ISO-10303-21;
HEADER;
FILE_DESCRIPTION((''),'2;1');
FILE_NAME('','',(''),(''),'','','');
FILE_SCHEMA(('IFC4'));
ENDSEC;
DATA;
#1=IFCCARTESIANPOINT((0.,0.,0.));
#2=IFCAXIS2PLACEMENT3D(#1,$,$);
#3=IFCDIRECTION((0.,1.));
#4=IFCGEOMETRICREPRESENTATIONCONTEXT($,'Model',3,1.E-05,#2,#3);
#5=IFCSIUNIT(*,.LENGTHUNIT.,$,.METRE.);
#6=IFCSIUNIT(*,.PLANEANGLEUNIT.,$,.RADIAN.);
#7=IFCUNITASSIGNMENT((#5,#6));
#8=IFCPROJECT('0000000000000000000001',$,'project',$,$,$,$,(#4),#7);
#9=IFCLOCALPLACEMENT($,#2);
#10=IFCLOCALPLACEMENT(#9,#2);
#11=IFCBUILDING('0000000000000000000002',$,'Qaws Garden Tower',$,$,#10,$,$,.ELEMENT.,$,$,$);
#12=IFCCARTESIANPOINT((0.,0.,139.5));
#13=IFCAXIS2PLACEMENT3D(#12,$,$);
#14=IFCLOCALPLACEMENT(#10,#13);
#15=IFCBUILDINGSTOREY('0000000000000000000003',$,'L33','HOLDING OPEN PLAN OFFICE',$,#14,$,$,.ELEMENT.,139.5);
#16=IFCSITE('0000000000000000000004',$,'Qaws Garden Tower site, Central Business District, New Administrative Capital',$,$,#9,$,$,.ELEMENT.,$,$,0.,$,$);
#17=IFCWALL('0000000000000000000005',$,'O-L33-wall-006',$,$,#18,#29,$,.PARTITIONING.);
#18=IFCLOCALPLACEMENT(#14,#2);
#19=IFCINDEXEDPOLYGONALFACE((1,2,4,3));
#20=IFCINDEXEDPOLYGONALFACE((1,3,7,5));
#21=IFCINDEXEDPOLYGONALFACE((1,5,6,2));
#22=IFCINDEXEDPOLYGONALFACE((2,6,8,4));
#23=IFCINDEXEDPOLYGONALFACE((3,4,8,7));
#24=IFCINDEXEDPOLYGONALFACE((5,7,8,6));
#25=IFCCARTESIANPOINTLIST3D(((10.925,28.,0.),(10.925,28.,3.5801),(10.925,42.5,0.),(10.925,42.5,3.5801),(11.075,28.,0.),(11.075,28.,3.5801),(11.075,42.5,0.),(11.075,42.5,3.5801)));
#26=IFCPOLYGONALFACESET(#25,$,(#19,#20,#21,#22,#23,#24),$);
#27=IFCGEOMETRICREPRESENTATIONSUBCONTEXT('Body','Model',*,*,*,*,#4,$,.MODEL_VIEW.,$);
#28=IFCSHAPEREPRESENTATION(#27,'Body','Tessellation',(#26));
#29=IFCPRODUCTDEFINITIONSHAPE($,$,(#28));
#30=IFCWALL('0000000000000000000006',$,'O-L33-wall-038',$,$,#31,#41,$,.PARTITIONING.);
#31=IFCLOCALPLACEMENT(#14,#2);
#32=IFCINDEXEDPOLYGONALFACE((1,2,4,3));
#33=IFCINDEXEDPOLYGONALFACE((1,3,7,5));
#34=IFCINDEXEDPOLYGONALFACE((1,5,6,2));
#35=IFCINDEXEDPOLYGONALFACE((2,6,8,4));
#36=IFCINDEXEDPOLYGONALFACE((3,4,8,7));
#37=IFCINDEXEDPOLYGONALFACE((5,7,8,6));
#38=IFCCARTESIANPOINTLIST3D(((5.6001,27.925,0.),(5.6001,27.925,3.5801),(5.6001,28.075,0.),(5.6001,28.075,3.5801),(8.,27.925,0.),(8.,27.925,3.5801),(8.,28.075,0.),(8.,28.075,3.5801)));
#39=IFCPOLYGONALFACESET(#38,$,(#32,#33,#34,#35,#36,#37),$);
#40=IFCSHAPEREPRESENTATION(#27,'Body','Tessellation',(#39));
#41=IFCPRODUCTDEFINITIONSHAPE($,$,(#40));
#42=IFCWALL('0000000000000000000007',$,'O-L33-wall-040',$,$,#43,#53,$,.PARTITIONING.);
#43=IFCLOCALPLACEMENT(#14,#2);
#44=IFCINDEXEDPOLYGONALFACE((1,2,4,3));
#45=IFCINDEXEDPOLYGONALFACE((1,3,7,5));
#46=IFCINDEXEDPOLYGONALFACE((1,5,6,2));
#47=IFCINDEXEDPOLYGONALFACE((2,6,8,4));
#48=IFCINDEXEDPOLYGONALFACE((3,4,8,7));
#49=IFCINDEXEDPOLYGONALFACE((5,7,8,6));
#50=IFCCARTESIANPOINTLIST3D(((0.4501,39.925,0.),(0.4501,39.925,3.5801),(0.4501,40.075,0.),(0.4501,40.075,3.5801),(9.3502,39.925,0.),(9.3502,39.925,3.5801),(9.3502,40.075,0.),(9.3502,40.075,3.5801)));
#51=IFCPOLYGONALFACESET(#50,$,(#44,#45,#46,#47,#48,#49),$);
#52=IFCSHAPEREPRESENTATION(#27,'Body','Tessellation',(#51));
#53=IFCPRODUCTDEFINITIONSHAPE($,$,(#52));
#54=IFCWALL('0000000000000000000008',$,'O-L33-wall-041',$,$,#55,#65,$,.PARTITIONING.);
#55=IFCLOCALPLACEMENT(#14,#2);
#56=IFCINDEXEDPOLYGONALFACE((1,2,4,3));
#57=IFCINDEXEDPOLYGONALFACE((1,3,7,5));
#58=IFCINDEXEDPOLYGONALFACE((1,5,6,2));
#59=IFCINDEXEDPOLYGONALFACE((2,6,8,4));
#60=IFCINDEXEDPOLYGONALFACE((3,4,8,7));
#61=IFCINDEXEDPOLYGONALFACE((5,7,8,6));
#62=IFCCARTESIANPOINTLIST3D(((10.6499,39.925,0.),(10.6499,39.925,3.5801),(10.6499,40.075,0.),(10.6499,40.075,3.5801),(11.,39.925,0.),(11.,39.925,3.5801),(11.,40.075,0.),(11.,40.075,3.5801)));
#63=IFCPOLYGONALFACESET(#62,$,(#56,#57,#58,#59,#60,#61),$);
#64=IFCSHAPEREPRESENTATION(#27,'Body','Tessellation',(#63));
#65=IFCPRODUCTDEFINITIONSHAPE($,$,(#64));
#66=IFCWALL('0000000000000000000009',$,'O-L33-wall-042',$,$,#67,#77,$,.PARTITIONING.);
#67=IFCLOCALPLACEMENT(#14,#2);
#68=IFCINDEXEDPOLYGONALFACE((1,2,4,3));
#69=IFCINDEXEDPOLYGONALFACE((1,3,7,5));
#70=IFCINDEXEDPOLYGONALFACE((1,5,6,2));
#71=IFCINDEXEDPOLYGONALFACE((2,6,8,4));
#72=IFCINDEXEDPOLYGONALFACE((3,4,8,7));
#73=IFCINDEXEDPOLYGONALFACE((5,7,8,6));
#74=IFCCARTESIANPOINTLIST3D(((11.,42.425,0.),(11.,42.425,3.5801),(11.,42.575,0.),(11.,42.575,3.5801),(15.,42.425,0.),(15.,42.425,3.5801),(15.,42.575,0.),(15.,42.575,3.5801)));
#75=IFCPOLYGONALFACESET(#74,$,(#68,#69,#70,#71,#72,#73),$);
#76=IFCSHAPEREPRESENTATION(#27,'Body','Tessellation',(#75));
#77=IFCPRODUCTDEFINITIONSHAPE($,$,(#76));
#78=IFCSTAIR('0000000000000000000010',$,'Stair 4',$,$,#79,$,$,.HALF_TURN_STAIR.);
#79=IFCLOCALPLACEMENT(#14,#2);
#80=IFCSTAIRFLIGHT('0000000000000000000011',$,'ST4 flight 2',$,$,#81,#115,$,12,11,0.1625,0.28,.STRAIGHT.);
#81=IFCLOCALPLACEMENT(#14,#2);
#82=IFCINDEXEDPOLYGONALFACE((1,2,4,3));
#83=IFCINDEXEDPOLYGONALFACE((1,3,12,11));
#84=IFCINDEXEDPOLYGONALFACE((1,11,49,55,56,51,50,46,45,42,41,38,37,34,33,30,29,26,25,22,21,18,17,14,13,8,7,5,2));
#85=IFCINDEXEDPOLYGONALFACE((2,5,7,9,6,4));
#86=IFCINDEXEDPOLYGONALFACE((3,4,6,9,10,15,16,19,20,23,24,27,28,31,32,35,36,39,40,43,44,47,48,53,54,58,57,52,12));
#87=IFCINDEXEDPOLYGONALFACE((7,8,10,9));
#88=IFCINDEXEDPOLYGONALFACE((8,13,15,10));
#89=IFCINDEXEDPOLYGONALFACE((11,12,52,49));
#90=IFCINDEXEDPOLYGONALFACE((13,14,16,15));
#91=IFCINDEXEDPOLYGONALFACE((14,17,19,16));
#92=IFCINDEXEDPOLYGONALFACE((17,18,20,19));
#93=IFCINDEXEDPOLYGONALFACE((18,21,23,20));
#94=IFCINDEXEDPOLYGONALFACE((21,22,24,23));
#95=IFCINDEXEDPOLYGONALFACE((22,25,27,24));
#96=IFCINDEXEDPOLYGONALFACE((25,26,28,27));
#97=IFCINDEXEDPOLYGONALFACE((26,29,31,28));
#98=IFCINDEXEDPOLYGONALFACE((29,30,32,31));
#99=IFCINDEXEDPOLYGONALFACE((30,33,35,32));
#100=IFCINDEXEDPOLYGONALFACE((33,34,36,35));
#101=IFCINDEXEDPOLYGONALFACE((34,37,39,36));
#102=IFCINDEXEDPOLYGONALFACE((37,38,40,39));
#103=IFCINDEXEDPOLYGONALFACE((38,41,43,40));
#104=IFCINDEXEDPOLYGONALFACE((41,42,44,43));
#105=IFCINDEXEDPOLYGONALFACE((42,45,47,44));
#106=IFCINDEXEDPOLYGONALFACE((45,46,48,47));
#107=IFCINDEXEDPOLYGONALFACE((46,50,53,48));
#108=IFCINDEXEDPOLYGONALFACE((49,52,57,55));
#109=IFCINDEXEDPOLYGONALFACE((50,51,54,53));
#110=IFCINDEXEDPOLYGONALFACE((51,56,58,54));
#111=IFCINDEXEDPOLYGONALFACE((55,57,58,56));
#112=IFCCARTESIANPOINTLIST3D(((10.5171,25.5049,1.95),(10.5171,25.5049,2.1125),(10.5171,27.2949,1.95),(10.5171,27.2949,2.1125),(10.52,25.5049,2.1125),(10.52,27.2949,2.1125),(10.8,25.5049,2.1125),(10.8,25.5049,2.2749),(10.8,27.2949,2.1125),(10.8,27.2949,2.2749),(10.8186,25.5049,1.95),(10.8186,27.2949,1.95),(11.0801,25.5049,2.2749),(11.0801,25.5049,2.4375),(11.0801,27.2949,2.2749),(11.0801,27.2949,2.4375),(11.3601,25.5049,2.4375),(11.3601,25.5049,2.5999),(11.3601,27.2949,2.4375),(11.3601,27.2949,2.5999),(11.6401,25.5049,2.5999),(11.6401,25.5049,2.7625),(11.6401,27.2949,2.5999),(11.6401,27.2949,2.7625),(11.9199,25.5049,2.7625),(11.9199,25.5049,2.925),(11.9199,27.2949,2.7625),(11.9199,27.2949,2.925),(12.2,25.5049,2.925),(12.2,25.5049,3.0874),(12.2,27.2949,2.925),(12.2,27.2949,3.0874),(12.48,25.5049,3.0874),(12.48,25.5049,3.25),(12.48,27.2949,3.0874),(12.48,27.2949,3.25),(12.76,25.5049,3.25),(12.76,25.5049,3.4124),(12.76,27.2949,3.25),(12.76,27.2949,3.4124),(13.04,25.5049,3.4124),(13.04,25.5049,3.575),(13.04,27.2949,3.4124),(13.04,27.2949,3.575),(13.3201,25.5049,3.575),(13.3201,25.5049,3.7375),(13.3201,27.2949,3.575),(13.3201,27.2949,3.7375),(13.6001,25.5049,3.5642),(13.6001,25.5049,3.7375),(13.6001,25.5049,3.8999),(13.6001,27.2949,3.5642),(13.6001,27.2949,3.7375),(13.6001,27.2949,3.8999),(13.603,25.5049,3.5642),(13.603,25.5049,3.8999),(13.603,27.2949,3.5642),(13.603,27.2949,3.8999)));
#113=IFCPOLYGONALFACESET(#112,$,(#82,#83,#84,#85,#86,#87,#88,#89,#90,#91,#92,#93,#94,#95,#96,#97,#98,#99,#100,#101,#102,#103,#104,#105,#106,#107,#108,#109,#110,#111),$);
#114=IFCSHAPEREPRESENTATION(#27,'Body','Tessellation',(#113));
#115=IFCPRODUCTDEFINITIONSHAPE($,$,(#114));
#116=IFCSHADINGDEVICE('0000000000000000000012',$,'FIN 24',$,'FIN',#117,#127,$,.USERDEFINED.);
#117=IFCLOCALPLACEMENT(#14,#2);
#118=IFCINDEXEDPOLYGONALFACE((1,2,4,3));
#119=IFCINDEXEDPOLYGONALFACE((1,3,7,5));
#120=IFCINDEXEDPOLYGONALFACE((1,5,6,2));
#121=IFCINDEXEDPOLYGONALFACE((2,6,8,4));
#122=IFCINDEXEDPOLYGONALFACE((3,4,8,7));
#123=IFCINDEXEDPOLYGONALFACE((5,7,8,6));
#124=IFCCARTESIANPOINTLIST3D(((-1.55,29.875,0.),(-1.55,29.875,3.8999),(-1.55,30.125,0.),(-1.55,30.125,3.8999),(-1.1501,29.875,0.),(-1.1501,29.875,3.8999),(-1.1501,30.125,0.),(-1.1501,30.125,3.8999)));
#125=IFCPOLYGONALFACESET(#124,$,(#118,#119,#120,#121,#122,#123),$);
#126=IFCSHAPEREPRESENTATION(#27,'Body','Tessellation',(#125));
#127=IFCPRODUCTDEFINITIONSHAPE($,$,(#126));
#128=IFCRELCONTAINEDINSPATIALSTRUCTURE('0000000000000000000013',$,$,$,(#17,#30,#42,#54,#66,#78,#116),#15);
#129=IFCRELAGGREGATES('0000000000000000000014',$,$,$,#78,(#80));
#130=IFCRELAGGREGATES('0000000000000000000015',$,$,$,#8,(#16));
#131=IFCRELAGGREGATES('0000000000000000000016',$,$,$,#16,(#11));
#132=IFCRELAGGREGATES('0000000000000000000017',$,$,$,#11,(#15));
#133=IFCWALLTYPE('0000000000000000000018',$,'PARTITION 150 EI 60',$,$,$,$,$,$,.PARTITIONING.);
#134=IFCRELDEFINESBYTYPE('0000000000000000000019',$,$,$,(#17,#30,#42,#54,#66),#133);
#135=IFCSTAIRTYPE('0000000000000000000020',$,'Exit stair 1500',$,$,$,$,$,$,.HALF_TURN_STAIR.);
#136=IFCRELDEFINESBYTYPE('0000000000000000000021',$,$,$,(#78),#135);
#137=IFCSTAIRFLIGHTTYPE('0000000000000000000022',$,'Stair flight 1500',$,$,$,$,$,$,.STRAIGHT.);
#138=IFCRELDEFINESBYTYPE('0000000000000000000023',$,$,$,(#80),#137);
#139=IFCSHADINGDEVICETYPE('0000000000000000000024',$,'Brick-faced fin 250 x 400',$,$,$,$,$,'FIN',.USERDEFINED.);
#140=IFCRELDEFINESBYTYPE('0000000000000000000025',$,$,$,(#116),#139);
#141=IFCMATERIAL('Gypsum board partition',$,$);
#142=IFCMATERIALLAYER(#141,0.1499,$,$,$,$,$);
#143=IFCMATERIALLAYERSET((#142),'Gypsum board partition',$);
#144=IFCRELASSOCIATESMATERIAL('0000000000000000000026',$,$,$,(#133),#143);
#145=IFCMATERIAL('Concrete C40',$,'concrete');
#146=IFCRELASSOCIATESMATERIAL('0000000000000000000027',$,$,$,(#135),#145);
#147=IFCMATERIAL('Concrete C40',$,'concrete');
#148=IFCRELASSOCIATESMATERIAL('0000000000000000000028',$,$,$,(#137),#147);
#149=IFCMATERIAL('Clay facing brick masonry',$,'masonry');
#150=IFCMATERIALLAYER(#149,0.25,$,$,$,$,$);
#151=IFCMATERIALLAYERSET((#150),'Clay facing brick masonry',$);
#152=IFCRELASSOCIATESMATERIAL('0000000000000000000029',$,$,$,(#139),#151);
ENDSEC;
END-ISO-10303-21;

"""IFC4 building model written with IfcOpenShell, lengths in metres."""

from ifc_helpers import new_model, si_unit, direction, frame, frame_2d, origin, origin_2d, place, context, subcontext, project, spatial, polyline, rectangle, outline, extrude, material, layer, layer_set, type_object, element, aggregate, save


model = new_model("IFC4")

# Units and contexts
model_context = context("Model", 3, precision=1e-05, world=origin(), true_north=direction((0.0, 1.0)))
body_context = subcontext(model_context, "Body", "Model", "MODEL_VIEW")
ifc_project = project(units=[si_unit("LENGTHUNIT", "METRE"), si_unit("PLANEANGLEUNIT", "RADIAN")], contexts=[model_context])

# Site, building, storey
site_placement = place(None, origin())
site = spatial("IfcSite", under=ifc_project, at=site_placement, Name="Qaws Garden Tower site, Central Business District, New Administrative Capital", CompositionType="ELEMENT", RefElevation=0.0)
building_placement = place(site_placement, origin())
building = spatial("IfcBuilding", under=site, at=building_placement, Name="Qaws Garden Tower", CompositionType="ELEMENT")
storey_placement = place(building_placement, frame((0.0, 0.0, 139.5)))
storey = spatial("IfcBuildingStorey", under=building, at=storey_placement, Name="L33", Description="HOLDING OPEN PLAN OFFICE", CompositionType="ELEMENT", Elevation=139.5)

# Walls
ifc_material_1 = material(Name="Gypsum board partition")
ifc_layer_1 = layer(ifc_material_1, 0.1499)
ifc_layer_set_1 = layer_set([ifc_layer_1], Name="Gypsum board partition")
wall_type_1 = type_object("IfcWallType", Name="PARTITION 150 EI 60", PredefinedType="PARTITIONING", material=ifc_layer_set_1)
wall_1_placement = place(storey_placement, frame((11.0, 28.0, 0.0), z_axis=(0.0, 0.0, 1.0), x_axis=(0.0, 1.0, 0.0)))
element("IfcWall", 1, at=wall_1_placement, inside=storey, type_object=wall_type_1, Name="O-L33-wall-006", PredefinedType="PARTITIONING", context=body_context, shape_type="SweptSolid", body=[
    extrude(rectangle(XDim=14.5, YDim=0.1499, at=frame_2d((7.25, 0.0))), origin(), (0.0, 0.0, 1.0), 3.5801),
])
wall_2_placement = place(storey_placement, frame((5.6001, 28.0, 0.0), z_axis=(0.0, 0.0, 1.0), x_axis=(1.0, 0.0, 0.0)))
element("IfcWall", 2, at=wall_2_placement, inside=storey, type_object=wall_type_1, Name="O-L33-wall-038", PredefinedType="PARTITIONING", context=body_context, shape_type="SweptSolid", body=[
    extrude(rectangle(XDim=2.3999, YDim=0.1499, at=frame_2d((1.2, 0.0))), origin(), (0.0, 0.0, 1.0), 3.5801),
])
wall_3_placement = place(storey_placement, frame((0.45, 40.0, 0.0), z_axis=(0.0, 0.0, 1.0), x_axis=(1.0, 0.0, 0.0)))
element("IfcWall", 3, at=wall_3_placement, inside=storey, type_object=wall_type_1, Name="O-L33-wall-040", PredefinedType="PARTITIONING", context=body_context, shape_type="SweptSolid", body=[
    extrude(rectangle(XDim=8.9001, YDim=0.1499, at=frame_2d((4.4502, 0.0))), origin(), (0.0, 0.0, 1.0), 3.5801),
])
wall_4_placement = place(storey_placement, frame((10.6499, 40.0, 0.0), z_axis=(0.0, 0.0, 1.0), x_axis=(1.0, 0.0, 0.0)))
element("IfcWall", 4, at=wall_4_placement, inside=storey, type_object=wall_type_1, Name="O-L33-wall-041", PredefinedType="PARTITIONING", context=body_context, shape_type="SweptSolid", body=[
    extrude(rectangle(XDim=0.3501, YDim=0.1499, at=frame_2d((0.175, 0.0))), origin(), (0.0, 0.0, 1.0), 3.5801),
])
wall_5_placement = place(storey_placement, frame((11.0, 42.5, 0.0), z_axis=(0.0, 0.0, 1.0), x_axis=(1.0, 0.0, 0.0)))
element("IfcWall", 5, at=wall_5_placement, inside=storey, type_object=wall_type_1, Name="O-L33-wall-042", PredefinedType="PARTITIONING", context=body_context, shape_type="SweptSolid", body=[
    extrude(rectangle(XDim=4.0, YDim=0.1499, at=frame_2d((2.0, 0.0))), origin(), (0.0, 0.0, 1.0), 3.5801),
])

# Stair, stair flight
ifc_material_2 = material(Name="Concrete C40", Category="concrete")
stair_type = type_object("IfcStairType", Name="Exit stair 1500", PredefinedType="HALF_TURN_STAIR", material=ifc_material_2)
stair_placement = place(storey_placement, origin())
stair = element("IfcStair", 6, at=stair_placement, inside=storey, type_object=stair_type, Name="Stair 4", PredefinedType="HALF_TURN_STAIR")
ifc_material_3 = material(Name="Concrete C40", Category="concrete")
stair_flight_type = type_object("IfcStairFlightType", Name="Stair flight 1500", PredefinedType="STRAIGHT", material=ifc_material_3)
stair_flight_placement = place(storey_placement, frame((10.52, 26.3999, 1.95), z_axis=(0.0, 0.0, 1.0), x_axis=(1.0, 0.0, 0.0)))
stair_flight = element("IfcStairFlight", 7, at=stair_flight_placement, type_object=stair_flight_type, Name="ST4 flight 2", NumberOfRisers=12, NumberOfTreads=11, PredefinedType="STRAIGHT", RiserHeight=0.1625, TreadLength=0.28, context=body_context, shape_type="SweptSolid", body=[
    extrude(outline(polyline([(-0.0029, 0.0), (-0.0029, 0.1626), (0.0, 0.1626), (0.28, 0.1626), (0.28, 0.325), (0.5601, 0.325), (0.5601, 0.4875), (0.8401, 0.4875), (0.8401, 0.6499), (1.1201, 0.6499), (1.1201, 0.8125), (1.3999, 0.8125), (1.3999, 0.9751), (1.6799, 0.9751), (1.6799, 1.1375), (1.96, 1.1375), (1.96, 1.3), (2.24, 1.3), (2.24, 1.4624), (2.52, 1.4624), (2.52, 1.625), (2.8, 1.625), (2.8, 1.7876), (3.0801, 1.7876), (3.0801, 1.95), (3.083, 1.95), (3.083, 1.6143), (3.0801, 1.6143), (0.2986, 0.0), (-0.0029, 0.0)])), frame((0.0, 0.895, 0.0), z_axis=(0.0, -1.0, 0.0), x_axis=(1.0, 0.0, 0.0)), (0.0, 0.0, 1.0), 1.79),
])
aggregate(stair, [stair_flight])

# Shading device
ifc_material_4 = material(Name="Clay facing brick masonry", Category="masonry")
ifc_layer_2 = layer(ifc_material_4, 0.25)
ifc_layer_set_2 = layer_set([ifc_layer_2], Name="Clay facing brick masonry")
shading_device_type = type_object("IfcShadingDeviceType", Name="Brick-faced fin 250 x 400", ElementType="FIN", PredefinedType="USERDEFINED", material=ifc_layer_set_2)
shading_device_placement = place(storey_placement, frame((-1.3501, 30.0, 0.0), z_axis=(0.0, 0.0, 1.0), x_axis=(0.0, -1.0, 0.0)))
element("IfcShadingDevice", 8, at=shading_device_placement, inside=storey, type_object=shading_device_type, Name="FIN 24", ObjectType="FIN", PredefinedType="USERDEFINED", context=body_context, shape_type="SweptSolid", body=[
    extrude(rectangle(XDim=0.25, YDim=0.3999, at=origin_2d()), origin(), (0.0, 0.0, 1.0), 3.8999),
])

save(model, "model.ifc")
